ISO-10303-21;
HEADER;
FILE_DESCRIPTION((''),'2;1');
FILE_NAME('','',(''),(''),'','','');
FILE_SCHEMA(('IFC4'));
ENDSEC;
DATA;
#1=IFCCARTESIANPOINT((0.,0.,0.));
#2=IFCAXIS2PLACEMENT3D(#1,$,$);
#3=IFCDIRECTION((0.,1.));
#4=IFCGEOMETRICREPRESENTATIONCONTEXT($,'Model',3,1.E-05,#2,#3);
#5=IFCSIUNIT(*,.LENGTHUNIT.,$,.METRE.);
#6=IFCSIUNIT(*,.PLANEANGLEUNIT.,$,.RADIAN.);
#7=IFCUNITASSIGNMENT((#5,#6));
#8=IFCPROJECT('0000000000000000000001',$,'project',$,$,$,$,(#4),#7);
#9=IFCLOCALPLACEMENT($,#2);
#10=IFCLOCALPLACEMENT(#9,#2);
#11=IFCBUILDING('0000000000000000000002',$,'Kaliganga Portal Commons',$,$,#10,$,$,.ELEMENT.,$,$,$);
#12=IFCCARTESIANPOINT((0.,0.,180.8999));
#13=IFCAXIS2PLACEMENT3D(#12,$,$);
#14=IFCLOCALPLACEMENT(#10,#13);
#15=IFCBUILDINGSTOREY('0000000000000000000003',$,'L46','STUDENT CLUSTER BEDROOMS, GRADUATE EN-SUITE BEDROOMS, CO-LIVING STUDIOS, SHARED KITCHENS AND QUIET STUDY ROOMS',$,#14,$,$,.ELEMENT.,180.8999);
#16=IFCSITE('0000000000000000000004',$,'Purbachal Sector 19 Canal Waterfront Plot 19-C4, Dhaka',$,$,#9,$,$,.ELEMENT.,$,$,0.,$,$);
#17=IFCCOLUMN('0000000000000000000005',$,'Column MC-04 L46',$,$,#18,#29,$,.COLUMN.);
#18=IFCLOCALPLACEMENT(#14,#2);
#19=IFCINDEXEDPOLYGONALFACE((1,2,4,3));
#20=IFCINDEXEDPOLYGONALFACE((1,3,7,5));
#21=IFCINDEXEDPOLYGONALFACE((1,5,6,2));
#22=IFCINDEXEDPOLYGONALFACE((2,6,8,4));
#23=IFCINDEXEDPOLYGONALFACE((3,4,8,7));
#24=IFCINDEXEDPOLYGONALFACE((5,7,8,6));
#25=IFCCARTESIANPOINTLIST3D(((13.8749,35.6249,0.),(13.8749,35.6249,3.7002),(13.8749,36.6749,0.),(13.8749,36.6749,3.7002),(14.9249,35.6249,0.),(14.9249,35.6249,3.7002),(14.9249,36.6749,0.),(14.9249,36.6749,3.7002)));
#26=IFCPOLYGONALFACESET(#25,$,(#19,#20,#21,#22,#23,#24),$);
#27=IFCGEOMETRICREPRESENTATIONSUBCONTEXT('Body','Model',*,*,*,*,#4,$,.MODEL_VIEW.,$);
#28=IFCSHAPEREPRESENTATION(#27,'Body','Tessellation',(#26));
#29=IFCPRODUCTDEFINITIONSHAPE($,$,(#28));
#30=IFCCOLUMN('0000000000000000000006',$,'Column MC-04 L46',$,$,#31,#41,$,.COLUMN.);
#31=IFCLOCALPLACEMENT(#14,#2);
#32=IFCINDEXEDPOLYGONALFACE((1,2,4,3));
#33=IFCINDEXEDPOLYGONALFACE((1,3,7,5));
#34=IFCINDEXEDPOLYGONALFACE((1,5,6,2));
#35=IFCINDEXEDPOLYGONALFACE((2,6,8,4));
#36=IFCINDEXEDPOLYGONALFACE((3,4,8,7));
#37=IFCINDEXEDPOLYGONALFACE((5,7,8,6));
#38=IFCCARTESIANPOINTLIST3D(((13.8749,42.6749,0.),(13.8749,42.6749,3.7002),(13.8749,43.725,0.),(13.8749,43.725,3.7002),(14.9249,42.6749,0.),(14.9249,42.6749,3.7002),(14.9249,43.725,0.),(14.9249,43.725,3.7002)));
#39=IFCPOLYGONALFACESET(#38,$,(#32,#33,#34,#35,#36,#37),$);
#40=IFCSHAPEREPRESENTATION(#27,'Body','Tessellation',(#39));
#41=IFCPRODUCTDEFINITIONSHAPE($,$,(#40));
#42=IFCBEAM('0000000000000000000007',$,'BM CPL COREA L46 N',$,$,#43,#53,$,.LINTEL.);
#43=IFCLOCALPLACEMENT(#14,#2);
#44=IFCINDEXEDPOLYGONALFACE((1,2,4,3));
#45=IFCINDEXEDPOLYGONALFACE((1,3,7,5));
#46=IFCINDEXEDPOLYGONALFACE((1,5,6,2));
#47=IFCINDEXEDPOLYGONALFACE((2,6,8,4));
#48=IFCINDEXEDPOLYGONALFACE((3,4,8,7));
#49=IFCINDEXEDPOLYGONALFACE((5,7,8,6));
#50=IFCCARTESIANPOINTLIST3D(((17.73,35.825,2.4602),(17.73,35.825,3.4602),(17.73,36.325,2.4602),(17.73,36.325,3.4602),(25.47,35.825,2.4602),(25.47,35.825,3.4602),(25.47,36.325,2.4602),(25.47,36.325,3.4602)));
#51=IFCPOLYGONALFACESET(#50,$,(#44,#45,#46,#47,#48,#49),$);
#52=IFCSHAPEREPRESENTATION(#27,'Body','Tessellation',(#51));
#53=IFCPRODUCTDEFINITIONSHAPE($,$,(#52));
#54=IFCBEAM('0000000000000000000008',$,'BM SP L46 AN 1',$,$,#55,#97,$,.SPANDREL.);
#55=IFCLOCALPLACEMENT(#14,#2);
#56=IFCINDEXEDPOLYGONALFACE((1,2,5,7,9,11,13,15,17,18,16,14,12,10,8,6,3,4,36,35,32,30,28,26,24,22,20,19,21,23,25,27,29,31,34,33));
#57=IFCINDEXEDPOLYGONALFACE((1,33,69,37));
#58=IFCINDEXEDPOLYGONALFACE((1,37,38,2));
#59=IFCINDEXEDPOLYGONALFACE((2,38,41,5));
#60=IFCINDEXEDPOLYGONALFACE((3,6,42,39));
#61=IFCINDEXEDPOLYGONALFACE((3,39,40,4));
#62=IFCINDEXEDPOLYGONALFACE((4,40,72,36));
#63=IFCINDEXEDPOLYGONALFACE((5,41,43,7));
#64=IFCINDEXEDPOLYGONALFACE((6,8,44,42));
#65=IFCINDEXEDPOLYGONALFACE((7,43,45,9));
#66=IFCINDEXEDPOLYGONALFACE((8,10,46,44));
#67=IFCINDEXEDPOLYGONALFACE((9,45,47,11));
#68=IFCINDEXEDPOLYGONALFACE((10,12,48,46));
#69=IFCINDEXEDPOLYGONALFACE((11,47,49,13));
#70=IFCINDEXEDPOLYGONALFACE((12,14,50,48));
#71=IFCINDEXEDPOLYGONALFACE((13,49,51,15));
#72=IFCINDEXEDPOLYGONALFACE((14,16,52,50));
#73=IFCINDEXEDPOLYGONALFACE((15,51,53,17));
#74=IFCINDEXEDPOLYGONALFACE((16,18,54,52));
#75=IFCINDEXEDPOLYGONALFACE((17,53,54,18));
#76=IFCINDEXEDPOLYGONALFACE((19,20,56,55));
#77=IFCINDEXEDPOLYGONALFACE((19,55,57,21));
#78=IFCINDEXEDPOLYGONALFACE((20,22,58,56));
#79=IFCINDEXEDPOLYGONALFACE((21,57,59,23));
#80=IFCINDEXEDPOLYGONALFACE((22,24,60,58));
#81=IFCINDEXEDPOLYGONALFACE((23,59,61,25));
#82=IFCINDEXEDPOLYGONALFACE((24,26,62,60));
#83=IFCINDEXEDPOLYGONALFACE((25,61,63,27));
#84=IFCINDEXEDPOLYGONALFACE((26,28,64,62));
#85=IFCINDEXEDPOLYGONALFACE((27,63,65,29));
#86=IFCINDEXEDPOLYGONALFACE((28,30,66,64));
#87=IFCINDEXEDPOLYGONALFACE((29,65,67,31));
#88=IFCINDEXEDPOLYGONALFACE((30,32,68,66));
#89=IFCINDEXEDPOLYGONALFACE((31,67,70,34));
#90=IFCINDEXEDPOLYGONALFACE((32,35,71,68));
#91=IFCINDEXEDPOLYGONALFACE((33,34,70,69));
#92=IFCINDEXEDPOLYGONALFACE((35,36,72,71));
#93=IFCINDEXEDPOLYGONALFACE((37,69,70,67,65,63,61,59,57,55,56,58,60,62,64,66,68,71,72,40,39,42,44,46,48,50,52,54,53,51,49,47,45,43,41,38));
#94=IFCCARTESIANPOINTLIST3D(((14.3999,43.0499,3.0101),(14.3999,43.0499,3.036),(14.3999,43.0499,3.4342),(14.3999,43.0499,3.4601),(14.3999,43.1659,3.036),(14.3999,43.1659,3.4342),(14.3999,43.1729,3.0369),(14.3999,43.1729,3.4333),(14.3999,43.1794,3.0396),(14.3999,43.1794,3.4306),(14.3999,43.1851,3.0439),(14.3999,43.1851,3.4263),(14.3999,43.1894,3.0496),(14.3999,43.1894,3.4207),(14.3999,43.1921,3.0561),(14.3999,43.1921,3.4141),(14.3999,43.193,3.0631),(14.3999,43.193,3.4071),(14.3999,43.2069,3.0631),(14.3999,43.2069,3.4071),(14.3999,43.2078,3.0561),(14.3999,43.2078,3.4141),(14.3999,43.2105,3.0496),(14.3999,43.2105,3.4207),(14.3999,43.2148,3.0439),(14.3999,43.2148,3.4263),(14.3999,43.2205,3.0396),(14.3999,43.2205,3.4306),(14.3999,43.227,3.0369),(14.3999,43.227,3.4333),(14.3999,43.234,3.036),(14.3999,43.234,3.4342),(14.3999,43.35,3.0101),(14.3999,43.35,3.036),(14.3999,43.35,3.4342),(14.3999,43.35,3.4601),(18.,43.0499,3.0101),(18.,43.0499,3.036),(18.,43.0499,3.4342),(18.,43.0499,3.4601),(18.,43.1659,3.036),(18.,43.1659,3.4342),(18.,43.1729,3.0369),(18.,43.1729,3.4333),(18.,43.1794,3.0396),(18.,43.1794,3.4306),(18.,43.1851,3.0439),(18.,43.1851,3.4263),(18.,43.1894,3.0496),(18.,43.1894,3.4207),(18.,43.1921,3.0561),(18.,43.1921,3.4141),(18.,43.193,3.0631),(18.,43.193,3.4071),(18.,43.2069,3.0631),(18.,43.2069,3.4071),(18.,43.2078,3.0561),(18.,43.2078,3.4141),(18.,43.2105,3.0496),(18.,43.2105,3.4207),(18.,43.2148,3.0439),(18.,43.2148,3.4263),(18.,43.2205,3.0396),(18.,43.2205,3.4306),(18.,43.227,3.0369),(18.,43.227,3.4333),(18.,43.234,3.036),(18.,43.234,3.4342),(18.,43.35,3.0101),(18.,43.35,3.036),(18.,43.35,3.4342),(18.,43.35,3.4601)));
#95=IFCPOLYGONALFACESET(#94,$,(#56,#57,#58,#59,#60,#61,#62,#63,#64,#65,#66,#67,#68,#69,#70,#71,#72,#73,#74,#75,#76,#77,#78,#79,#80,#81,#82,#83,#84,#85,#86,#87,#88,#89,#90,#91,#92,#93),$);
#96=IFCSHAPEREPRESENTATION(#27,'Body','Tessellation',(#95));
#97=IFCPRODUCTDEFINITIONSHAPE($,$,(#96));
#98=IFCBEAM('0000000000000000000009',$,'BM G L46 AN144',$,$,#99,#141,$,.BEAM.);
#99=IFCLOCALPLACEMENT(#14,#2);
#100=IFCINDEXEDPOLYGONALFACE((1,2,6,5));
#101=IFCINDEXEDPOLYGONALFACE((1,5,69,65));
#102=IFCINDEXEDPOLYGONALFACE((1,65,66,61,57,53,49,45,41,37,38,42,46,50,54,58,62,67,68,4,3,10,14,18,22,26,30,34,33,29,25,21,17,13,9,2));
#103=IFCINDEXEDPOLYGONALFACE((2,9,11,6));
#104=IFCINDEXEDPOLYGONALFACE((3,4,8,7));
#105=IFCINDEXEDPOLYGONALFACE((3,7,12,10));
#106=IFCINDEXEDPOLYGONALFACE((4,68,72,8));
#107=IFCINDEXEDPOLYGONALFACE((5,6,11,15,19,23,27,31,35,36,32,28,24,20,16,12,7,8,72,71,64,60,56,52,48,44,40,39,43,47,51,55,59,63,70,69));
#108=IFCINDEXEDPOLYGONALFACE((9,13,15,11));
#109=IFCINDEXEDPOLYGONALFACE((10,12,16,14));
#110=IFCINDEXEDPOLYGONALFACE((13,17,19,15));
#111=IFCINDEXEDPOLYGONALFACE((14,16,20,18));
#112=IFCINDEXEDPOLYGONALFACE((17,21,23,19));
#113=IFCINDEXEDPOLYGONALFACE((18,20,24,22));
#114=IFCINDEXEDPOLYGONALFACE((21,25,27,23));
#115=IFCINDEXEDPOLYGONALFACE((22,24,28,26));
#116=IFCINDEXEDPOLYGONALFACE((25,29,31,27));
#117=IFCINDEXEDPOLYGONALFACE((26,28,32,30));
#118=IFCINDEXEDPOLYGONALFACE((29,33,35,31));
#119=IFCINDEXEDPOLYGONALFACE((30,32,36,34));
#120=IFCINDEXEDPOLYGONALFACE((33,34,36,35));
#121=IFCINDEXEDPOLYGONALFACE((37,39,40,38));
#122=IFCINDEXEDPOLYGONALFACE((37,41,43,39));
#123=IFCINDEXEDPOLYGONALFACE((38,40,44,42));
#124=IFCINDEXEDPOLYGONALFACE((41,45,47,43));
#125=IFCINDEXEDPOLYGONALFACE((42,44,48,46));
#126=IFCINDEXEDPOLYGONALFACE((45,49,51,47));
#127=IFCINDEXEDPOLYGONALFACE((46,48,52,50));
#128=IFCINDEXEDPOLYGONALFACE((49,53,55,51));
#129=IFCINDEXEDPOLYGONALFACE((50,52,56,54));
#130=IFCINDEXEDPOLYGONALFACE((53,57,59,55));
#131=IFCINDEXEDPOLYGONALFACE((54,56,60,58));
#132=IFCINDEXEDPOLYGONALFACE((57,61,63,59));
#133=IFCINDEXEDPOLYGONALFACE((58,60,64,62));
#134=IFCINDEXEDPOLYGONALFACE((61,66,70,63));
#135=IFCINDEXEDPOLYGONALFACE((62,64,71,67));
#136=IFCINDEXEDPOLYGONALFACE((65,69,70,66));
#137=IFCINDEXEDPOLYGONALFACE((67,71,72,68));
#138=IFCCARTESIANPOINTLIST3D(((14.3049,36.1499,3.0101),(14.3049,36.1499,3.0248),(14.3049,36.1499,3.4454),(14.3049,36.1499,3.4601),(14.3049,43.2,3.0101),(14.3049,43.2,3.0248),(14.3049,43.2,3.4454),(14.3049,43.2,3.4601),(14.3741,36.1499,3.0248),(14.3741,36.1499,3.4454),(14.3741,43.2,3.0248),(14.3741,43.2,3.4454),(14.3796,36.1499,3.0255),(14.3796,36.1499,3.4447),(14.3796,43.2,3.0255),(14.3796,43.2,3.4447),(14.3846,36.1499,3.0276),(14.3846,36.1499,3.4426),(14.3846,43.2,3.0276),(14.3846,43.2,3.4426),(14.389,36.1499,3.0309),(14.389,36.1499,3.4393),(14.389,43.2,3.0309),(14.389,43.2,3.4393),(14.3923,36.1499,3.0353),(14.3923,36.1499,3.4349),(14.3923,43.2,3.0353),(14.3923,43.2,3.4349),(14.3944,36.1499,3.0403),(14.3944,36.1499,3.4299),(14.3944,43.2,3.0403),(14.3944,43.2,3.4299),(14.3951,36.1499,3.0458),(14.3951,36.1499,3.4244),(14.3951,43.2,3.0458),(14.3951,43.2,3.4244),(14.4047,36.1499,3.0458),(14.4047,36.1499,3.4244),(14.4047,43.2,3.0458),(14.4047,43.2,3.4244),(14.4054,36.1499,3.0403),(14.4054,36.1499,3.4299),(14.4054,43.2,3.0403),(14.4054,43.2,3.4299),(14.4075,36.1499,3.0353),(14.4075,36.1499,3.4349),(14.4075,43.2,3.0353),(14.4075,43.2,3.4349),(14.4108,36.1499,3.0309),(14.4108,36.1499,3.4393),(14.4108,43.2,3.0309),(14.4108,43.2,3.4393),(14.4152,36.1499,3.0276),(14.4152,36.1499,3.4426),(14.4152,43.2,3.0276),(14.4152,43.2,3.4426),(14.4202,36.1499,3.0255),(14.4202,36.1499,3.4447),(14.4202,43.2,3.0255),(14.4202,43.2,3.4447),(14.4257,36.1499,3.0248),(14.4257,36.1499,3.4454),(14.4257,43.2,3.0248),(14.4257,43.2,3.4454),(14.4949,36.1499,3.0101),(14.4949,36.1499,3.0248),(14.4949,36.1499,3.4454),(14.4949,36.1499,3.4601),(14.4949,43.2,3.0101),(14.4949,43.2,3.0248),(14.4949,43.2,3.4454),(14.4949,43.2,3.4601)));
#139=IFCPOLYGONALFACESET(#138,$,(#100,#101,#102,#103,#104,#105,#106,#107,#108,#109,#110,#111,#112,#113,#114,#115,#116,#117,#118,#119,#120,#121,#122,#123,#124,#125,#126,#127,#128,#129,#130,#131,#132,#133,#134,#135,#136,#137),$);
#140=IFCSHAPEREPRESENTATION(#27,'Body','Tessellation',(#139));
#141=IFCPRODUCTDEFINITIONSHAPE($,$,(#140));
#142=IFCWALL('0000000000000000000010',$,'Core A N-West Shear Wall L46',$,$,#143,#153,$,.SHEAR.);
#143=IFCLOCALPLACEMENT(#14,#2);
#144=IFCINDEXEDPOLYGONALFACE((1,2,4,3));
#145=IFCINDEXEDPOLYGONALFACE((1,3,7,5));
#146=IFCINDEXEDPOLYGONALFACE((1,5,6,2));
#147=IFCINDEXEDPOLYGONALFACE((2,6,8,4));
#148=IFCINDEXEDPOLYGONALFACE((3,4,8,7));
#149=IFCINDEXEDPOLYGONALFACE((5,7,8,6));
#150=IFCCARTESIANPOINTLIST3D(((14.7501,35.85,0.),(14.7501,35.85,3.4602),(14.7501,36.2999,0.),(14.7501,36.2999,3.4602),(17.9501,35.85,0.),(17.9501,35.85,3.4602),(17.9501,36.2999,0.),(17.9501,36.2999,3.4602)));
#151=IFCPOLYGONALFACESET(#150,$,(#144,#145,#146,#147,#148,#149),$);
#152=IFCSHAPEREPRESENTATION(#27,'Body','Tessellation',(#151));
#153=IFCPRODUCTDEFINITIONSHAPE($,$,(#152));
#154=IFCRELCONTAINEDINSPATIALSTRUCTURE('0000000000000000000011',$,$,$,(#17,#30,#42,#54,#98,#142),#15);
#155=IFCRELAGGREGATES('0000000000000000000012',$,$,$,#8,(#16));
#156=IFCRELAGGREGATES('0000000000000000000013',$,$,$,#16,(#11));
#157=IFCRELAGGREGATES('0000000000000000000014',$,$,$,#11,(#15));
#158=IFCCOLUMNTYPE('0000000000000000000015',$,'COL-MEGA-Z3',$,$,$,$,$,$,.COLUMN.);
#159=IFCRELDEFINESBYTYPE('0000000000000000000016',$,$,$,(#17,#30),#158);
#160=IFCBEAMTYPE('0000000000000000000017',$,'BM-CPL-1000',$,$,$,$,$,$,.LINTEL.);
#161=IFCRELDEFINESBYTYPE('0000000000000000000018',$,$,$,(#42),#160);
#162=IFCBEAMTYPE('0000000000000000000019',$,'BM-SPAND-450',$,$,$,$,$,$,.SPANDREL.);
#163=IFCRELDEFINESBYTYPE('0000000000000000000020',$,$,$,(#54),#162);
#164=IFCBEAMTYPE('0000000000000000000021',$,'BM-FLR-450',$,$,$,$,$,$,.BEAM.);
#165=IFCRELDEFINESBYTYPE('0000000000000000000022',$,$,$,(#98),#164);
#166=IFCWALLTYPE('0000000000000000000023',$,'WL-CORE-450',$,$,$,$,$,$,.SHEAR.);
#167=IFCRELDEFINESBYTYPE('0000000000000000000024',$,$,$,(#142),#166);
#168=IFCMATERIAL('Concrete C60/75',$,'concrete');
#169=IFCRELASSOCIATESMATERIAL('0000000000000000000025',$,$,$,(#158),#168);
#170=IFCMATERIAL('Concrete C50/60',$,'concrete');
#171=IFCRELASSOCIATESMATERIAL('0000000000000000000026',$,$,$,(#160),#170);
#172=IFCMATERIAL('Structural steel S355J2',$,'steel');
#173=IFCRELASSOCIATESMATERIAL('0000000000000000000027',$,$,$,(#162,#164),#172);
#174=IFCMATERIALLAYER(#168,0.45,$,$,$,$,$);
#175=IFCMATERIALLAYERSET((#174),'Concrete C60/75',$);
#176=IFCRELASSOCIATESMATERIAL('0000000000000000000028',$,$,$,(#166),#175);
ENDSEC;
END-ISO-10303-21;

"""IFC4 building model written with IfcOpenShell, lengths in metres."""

from ifc_helpers import new_model, si_unit, direction, frame, frame_2d, origin, origin_2d, place, context, subcontext, project, spatial, rectangle, i_section, extrude, source, transform, mapped, material, layer, layer_set, material_profile, profile_set, type_object, element, save


model = new_model("IFC4")

# Units and contexts
model_context = context("Model", 3, precision=1e-05, world=origin(), true_north=direction((0.0, 1.0)))
body_context = subcontext(model_context, "Body", "Model", "MODEL_VIEW")
ifc_project = project(units=[si_unit("LENGTHUNIT", "METRE"), si_unit("PLANEANGLEUNIT", "RADIAN")], contexts=[model_context])

# Site, building, storey
site_placement = place(None, origin())
site = spatial("IfcSite", under=ifc_project, at=site_placement, Name="Purbachal Sector 19 Canal Waterfront Plot 19-C4, Dhaka", CompositionType="ELEMENT", RefElevation=0.0)
building_placement = place(site_placement, origin())
building = spatial("IfcBuilding", under=site, at=building_placement, Name="Kaliganga Portal Commons", CompositionType="ELEMENT")
storey_placement = place(building_placement, frame((0.0, 0.0, 180.8999)))
storey = spatial("IfcBuildingStorey", under=building, at=storey_placement, Name="L46", Description="STUDENT CLUSTER BEDROOMS, GRADUATE EN-SUITE BEDROOMS, CO-LIVING STUDIOS, SHARED KITCHENS AND QUIET STUDY ROOMS", CompositionType="ELEMENT", Elevation=180.8999)

# Columns
ifc_material_1 = material(Name="Concrete C60/75", Category="concrete")
ifc_material_profile_1 = material_profile(ifc_material_1, rectangle(XDim=1.05, YDim=1.05, at=origin_2d()), Name="RC 1050x1050")
ifc_profile_set_1 = profile_set([ifc_material_profile_1], Name="Concrete C60/75")
column_type = type_object("IfcColumnType", Name="COL-MEGA-Z3", PredefinedType="COLUMN", material=ifc_profile_set_1)
shared_shape_1 = source(origin(), body_context, "Body", "SweptSolid", [
    extrude(rectangle(XDim=1.05, YDim=1.05, at=origin_2d()), origin(), (0.0, 0.0, 1.0), 3.7002),
])
for number, where, z_axis, x_axis, name in (
    (1, (14.3999, 36.1499, 0.0), (0.0, 0.0, 1.0), (1.0, 0.0, 0.0), "Column MC-04 L46"),
    (2, (14.3999, 43.2, 0.0), (0.0, 0.0, 1.0), (1.0, 0.0, 0.0), "Column MC-04 L46"),
):
    element("IfcColumn", number, at=place(storey_placement, frame(where, z_axis=z_axis, x_axis=x_axis)), inside=storey, type_object=column_type, Name=name, PredefinedType="COLUMN", context=body_context, shape_type="MappedRepresentation", body=[
        mapped(shared_shape_1, transform((0.0, 0.0, 0.0), x_axis=(1.0, 0.0, 0.0), y_axis=(0.0, 1.0, 0.0), z_axis=(0.0, 0.0, 1.0), scale=1.0)),
    ])

# Beams
ifc_material_2 = material(Name="Concrete C50/60", Category="concrete")
ifc_material_profile_2 = material_profile(ifc_material_2, rectangle(XDim=0.5, YDim=1.0, at=origin_2d()), Name="RC 500x1000")
ifc_profile_set_2 = profile_set([ifc_material_profile_2], Name="Concrete C50/60")
beam_type_1 = type_object("IfcBeamType", Name="BM-CPL-1000", PredefinedType="LINTEL", material=ifc_profile_set_2)
shared_shape_2 = source(origin(), body_context, "Body", "SweptSolid", [
    extrude(rectangle(XDim=0.5, YDim=1.0, at=origin_2d()), origin(), (0.0, 0.0, 1.0), 7.74),
])
beam_1_placement = place(storey_placement, frame((17.73, 36.075, 2.9602), z_axis=(1.0, 0.0, 0.0), x_axis=(0.0, 1.0, 0.0)))
element("IfcBeam", 3, at=beam_1_placement, inside=storey, type_object=beam_type_1, Name="BM CPL COREA L46 N", PredefinedType="LINTEL", context=body_context, shape_type="MappedRepresentation", body=[
    mapped(shared_shape_2, transform((0.0, 0.0, 0.0), x_axis=(1.0, 0.0, 0.0), y_axis=(0.0, 1.0, 0.0), z_axis=(0.0, 0.0, 1.0), scale=1.0)),
])
ifc_material_3 = material(Name="Structural steel S355J2", Category="steel")
ifc_material_profile_3 = material_profile(ifc_material_3, i_section(OverallWidth=0.3, OverallDepth=0.45, WebThickness=0.0139, FlangeThickness=0.0259, FilletRadius=0.0271, at=origin_2d()), Name="HE 450 B")
ifc_profile_set_3 = profile_set([ifc_material_profile_3], Name="Structural steel S355J2 wide-flange")
beam_type_2 = type_object("IfcBeamType", Name="BM-SPAND-450", PredefinedType="SPANDREL", material=ifc_profile_set_3)
shared_shape_3 = source(origin(), body_context, "Body", "SweptSolid", [
    extrude(i_section(OverallWidth=0.3, OverallDepth=0.45, WebThickness=0.0139, FlangeThickness=0.0259, FilletRadius=0.0271, at=origin_2d()), origin(), (0.0, 0.0, 1.0), 3.6001),
])
beam_2_placement = place(storey_placement, frame((14.3999, 43.2, 3.2351), z_axis=(1.0, 0.0, 0.0), x_axis=(0.0, 1.0, 0.0)))
element("IfcBeam", 4, at=beam_2_placement, inside=storey, type_object=beam_type_2, Name="BM SP L46 AN 1", PredefinedType="SPANDREL", context=body_context, shape_type="MappedRepresentation", body=[
    mapped(shared_shape_3, transform((0.0, 0.0, 0.0), x_axis=(1.0, 0.0, 0.0), y_axis=(0.0, 1.0, 0.0), z_axis=(0.0, 0.0, 1.0), scale=1.0)),
])
ifc_material_profile_4 = material_profile(ifc_material_3, i_section(OverallWidth=0.1899, OverallDepth=0.45, WebThickness=0.0095, FlangeThickness=0.0146, FilletRadius=0.021, at=origin_2d()), Name="IPE 450")
ifc_profile_set_4 = profile_set([ifc_material_profile_4], Name="Structural steel S355J2 wide-flange")
beam_type_3 = type_object("IfcBeamType", Name="BM-FLR-450", PredefinedType="BEAM", material=ifc_profile_set_4)
shared_shape_4 = source(origin(), body_context, "Body", "SweptSolid", [
    extrude(i_section(OverallWidth=0.1899, OverallDepth=0.45, WebThickness=0.0095, FlangeThickness=0.0146, FilletRadius=0.021, at=origin_2d()), origin(), (0.0, 0.0, 1.0), 7.05),
])
beam_3_placement = place(storey_placement, frame((14.3999, 36.1499, 3.2351), z_axis=(0.0, 1.0, 0.0), x_axis=(-1.0, 0.0, 0.0)))
element("IfcBeam", 5, at=beam_3_placement, inside=storey, type_object=beam_type_3, Name="BM G L46 AN144", PredefinedType="BEAM", context=body_context, shape_type="MappedRepresentation", body=[
    mapped(shared_shape_4, transform((0.0, 0.0, 0.0), x_axis=(1.0, 0.0, 0.0), y_axis=(0.0, 1.0, 0.0), z_axis=(0.0, 0.0, 1.0), scale=1.0)),
])

# Wall
ifc_layer_1 = layer(ifc_material_1, 0.45)
ifc_layer_set_1 = layer_set([ifc_layer_1], Name="Concrete C60/75")
wall_type_1 = type_object("IfcWallType", Name="WL-CORE-450", PredefinedType="SHEAR", material=ifc_layer_set_1)
wall_1_placement = place(storey_placement, frame((14.75, 36.075, 0.0), z_axis=(0.0, 0.0, 1.0), x_axis=(1.0, 0.0, 0.0)))
element("IfcWall", 6, at=wall_1_placement, inside=storey, type_object=wall_type_1, Name="Core A N-West Shear Wall L46", PredefinedType="SHEAR", context=body_context, shape_type="SweptSolid", body=[
    extrude(rectangle(XDim=3.2, YDim=0.45, at=frame_2d((1.6001, 0.0))), origin(), (0.0, 0.0, 1.0), 3.4602),
])

save(model, "model.ifc")
